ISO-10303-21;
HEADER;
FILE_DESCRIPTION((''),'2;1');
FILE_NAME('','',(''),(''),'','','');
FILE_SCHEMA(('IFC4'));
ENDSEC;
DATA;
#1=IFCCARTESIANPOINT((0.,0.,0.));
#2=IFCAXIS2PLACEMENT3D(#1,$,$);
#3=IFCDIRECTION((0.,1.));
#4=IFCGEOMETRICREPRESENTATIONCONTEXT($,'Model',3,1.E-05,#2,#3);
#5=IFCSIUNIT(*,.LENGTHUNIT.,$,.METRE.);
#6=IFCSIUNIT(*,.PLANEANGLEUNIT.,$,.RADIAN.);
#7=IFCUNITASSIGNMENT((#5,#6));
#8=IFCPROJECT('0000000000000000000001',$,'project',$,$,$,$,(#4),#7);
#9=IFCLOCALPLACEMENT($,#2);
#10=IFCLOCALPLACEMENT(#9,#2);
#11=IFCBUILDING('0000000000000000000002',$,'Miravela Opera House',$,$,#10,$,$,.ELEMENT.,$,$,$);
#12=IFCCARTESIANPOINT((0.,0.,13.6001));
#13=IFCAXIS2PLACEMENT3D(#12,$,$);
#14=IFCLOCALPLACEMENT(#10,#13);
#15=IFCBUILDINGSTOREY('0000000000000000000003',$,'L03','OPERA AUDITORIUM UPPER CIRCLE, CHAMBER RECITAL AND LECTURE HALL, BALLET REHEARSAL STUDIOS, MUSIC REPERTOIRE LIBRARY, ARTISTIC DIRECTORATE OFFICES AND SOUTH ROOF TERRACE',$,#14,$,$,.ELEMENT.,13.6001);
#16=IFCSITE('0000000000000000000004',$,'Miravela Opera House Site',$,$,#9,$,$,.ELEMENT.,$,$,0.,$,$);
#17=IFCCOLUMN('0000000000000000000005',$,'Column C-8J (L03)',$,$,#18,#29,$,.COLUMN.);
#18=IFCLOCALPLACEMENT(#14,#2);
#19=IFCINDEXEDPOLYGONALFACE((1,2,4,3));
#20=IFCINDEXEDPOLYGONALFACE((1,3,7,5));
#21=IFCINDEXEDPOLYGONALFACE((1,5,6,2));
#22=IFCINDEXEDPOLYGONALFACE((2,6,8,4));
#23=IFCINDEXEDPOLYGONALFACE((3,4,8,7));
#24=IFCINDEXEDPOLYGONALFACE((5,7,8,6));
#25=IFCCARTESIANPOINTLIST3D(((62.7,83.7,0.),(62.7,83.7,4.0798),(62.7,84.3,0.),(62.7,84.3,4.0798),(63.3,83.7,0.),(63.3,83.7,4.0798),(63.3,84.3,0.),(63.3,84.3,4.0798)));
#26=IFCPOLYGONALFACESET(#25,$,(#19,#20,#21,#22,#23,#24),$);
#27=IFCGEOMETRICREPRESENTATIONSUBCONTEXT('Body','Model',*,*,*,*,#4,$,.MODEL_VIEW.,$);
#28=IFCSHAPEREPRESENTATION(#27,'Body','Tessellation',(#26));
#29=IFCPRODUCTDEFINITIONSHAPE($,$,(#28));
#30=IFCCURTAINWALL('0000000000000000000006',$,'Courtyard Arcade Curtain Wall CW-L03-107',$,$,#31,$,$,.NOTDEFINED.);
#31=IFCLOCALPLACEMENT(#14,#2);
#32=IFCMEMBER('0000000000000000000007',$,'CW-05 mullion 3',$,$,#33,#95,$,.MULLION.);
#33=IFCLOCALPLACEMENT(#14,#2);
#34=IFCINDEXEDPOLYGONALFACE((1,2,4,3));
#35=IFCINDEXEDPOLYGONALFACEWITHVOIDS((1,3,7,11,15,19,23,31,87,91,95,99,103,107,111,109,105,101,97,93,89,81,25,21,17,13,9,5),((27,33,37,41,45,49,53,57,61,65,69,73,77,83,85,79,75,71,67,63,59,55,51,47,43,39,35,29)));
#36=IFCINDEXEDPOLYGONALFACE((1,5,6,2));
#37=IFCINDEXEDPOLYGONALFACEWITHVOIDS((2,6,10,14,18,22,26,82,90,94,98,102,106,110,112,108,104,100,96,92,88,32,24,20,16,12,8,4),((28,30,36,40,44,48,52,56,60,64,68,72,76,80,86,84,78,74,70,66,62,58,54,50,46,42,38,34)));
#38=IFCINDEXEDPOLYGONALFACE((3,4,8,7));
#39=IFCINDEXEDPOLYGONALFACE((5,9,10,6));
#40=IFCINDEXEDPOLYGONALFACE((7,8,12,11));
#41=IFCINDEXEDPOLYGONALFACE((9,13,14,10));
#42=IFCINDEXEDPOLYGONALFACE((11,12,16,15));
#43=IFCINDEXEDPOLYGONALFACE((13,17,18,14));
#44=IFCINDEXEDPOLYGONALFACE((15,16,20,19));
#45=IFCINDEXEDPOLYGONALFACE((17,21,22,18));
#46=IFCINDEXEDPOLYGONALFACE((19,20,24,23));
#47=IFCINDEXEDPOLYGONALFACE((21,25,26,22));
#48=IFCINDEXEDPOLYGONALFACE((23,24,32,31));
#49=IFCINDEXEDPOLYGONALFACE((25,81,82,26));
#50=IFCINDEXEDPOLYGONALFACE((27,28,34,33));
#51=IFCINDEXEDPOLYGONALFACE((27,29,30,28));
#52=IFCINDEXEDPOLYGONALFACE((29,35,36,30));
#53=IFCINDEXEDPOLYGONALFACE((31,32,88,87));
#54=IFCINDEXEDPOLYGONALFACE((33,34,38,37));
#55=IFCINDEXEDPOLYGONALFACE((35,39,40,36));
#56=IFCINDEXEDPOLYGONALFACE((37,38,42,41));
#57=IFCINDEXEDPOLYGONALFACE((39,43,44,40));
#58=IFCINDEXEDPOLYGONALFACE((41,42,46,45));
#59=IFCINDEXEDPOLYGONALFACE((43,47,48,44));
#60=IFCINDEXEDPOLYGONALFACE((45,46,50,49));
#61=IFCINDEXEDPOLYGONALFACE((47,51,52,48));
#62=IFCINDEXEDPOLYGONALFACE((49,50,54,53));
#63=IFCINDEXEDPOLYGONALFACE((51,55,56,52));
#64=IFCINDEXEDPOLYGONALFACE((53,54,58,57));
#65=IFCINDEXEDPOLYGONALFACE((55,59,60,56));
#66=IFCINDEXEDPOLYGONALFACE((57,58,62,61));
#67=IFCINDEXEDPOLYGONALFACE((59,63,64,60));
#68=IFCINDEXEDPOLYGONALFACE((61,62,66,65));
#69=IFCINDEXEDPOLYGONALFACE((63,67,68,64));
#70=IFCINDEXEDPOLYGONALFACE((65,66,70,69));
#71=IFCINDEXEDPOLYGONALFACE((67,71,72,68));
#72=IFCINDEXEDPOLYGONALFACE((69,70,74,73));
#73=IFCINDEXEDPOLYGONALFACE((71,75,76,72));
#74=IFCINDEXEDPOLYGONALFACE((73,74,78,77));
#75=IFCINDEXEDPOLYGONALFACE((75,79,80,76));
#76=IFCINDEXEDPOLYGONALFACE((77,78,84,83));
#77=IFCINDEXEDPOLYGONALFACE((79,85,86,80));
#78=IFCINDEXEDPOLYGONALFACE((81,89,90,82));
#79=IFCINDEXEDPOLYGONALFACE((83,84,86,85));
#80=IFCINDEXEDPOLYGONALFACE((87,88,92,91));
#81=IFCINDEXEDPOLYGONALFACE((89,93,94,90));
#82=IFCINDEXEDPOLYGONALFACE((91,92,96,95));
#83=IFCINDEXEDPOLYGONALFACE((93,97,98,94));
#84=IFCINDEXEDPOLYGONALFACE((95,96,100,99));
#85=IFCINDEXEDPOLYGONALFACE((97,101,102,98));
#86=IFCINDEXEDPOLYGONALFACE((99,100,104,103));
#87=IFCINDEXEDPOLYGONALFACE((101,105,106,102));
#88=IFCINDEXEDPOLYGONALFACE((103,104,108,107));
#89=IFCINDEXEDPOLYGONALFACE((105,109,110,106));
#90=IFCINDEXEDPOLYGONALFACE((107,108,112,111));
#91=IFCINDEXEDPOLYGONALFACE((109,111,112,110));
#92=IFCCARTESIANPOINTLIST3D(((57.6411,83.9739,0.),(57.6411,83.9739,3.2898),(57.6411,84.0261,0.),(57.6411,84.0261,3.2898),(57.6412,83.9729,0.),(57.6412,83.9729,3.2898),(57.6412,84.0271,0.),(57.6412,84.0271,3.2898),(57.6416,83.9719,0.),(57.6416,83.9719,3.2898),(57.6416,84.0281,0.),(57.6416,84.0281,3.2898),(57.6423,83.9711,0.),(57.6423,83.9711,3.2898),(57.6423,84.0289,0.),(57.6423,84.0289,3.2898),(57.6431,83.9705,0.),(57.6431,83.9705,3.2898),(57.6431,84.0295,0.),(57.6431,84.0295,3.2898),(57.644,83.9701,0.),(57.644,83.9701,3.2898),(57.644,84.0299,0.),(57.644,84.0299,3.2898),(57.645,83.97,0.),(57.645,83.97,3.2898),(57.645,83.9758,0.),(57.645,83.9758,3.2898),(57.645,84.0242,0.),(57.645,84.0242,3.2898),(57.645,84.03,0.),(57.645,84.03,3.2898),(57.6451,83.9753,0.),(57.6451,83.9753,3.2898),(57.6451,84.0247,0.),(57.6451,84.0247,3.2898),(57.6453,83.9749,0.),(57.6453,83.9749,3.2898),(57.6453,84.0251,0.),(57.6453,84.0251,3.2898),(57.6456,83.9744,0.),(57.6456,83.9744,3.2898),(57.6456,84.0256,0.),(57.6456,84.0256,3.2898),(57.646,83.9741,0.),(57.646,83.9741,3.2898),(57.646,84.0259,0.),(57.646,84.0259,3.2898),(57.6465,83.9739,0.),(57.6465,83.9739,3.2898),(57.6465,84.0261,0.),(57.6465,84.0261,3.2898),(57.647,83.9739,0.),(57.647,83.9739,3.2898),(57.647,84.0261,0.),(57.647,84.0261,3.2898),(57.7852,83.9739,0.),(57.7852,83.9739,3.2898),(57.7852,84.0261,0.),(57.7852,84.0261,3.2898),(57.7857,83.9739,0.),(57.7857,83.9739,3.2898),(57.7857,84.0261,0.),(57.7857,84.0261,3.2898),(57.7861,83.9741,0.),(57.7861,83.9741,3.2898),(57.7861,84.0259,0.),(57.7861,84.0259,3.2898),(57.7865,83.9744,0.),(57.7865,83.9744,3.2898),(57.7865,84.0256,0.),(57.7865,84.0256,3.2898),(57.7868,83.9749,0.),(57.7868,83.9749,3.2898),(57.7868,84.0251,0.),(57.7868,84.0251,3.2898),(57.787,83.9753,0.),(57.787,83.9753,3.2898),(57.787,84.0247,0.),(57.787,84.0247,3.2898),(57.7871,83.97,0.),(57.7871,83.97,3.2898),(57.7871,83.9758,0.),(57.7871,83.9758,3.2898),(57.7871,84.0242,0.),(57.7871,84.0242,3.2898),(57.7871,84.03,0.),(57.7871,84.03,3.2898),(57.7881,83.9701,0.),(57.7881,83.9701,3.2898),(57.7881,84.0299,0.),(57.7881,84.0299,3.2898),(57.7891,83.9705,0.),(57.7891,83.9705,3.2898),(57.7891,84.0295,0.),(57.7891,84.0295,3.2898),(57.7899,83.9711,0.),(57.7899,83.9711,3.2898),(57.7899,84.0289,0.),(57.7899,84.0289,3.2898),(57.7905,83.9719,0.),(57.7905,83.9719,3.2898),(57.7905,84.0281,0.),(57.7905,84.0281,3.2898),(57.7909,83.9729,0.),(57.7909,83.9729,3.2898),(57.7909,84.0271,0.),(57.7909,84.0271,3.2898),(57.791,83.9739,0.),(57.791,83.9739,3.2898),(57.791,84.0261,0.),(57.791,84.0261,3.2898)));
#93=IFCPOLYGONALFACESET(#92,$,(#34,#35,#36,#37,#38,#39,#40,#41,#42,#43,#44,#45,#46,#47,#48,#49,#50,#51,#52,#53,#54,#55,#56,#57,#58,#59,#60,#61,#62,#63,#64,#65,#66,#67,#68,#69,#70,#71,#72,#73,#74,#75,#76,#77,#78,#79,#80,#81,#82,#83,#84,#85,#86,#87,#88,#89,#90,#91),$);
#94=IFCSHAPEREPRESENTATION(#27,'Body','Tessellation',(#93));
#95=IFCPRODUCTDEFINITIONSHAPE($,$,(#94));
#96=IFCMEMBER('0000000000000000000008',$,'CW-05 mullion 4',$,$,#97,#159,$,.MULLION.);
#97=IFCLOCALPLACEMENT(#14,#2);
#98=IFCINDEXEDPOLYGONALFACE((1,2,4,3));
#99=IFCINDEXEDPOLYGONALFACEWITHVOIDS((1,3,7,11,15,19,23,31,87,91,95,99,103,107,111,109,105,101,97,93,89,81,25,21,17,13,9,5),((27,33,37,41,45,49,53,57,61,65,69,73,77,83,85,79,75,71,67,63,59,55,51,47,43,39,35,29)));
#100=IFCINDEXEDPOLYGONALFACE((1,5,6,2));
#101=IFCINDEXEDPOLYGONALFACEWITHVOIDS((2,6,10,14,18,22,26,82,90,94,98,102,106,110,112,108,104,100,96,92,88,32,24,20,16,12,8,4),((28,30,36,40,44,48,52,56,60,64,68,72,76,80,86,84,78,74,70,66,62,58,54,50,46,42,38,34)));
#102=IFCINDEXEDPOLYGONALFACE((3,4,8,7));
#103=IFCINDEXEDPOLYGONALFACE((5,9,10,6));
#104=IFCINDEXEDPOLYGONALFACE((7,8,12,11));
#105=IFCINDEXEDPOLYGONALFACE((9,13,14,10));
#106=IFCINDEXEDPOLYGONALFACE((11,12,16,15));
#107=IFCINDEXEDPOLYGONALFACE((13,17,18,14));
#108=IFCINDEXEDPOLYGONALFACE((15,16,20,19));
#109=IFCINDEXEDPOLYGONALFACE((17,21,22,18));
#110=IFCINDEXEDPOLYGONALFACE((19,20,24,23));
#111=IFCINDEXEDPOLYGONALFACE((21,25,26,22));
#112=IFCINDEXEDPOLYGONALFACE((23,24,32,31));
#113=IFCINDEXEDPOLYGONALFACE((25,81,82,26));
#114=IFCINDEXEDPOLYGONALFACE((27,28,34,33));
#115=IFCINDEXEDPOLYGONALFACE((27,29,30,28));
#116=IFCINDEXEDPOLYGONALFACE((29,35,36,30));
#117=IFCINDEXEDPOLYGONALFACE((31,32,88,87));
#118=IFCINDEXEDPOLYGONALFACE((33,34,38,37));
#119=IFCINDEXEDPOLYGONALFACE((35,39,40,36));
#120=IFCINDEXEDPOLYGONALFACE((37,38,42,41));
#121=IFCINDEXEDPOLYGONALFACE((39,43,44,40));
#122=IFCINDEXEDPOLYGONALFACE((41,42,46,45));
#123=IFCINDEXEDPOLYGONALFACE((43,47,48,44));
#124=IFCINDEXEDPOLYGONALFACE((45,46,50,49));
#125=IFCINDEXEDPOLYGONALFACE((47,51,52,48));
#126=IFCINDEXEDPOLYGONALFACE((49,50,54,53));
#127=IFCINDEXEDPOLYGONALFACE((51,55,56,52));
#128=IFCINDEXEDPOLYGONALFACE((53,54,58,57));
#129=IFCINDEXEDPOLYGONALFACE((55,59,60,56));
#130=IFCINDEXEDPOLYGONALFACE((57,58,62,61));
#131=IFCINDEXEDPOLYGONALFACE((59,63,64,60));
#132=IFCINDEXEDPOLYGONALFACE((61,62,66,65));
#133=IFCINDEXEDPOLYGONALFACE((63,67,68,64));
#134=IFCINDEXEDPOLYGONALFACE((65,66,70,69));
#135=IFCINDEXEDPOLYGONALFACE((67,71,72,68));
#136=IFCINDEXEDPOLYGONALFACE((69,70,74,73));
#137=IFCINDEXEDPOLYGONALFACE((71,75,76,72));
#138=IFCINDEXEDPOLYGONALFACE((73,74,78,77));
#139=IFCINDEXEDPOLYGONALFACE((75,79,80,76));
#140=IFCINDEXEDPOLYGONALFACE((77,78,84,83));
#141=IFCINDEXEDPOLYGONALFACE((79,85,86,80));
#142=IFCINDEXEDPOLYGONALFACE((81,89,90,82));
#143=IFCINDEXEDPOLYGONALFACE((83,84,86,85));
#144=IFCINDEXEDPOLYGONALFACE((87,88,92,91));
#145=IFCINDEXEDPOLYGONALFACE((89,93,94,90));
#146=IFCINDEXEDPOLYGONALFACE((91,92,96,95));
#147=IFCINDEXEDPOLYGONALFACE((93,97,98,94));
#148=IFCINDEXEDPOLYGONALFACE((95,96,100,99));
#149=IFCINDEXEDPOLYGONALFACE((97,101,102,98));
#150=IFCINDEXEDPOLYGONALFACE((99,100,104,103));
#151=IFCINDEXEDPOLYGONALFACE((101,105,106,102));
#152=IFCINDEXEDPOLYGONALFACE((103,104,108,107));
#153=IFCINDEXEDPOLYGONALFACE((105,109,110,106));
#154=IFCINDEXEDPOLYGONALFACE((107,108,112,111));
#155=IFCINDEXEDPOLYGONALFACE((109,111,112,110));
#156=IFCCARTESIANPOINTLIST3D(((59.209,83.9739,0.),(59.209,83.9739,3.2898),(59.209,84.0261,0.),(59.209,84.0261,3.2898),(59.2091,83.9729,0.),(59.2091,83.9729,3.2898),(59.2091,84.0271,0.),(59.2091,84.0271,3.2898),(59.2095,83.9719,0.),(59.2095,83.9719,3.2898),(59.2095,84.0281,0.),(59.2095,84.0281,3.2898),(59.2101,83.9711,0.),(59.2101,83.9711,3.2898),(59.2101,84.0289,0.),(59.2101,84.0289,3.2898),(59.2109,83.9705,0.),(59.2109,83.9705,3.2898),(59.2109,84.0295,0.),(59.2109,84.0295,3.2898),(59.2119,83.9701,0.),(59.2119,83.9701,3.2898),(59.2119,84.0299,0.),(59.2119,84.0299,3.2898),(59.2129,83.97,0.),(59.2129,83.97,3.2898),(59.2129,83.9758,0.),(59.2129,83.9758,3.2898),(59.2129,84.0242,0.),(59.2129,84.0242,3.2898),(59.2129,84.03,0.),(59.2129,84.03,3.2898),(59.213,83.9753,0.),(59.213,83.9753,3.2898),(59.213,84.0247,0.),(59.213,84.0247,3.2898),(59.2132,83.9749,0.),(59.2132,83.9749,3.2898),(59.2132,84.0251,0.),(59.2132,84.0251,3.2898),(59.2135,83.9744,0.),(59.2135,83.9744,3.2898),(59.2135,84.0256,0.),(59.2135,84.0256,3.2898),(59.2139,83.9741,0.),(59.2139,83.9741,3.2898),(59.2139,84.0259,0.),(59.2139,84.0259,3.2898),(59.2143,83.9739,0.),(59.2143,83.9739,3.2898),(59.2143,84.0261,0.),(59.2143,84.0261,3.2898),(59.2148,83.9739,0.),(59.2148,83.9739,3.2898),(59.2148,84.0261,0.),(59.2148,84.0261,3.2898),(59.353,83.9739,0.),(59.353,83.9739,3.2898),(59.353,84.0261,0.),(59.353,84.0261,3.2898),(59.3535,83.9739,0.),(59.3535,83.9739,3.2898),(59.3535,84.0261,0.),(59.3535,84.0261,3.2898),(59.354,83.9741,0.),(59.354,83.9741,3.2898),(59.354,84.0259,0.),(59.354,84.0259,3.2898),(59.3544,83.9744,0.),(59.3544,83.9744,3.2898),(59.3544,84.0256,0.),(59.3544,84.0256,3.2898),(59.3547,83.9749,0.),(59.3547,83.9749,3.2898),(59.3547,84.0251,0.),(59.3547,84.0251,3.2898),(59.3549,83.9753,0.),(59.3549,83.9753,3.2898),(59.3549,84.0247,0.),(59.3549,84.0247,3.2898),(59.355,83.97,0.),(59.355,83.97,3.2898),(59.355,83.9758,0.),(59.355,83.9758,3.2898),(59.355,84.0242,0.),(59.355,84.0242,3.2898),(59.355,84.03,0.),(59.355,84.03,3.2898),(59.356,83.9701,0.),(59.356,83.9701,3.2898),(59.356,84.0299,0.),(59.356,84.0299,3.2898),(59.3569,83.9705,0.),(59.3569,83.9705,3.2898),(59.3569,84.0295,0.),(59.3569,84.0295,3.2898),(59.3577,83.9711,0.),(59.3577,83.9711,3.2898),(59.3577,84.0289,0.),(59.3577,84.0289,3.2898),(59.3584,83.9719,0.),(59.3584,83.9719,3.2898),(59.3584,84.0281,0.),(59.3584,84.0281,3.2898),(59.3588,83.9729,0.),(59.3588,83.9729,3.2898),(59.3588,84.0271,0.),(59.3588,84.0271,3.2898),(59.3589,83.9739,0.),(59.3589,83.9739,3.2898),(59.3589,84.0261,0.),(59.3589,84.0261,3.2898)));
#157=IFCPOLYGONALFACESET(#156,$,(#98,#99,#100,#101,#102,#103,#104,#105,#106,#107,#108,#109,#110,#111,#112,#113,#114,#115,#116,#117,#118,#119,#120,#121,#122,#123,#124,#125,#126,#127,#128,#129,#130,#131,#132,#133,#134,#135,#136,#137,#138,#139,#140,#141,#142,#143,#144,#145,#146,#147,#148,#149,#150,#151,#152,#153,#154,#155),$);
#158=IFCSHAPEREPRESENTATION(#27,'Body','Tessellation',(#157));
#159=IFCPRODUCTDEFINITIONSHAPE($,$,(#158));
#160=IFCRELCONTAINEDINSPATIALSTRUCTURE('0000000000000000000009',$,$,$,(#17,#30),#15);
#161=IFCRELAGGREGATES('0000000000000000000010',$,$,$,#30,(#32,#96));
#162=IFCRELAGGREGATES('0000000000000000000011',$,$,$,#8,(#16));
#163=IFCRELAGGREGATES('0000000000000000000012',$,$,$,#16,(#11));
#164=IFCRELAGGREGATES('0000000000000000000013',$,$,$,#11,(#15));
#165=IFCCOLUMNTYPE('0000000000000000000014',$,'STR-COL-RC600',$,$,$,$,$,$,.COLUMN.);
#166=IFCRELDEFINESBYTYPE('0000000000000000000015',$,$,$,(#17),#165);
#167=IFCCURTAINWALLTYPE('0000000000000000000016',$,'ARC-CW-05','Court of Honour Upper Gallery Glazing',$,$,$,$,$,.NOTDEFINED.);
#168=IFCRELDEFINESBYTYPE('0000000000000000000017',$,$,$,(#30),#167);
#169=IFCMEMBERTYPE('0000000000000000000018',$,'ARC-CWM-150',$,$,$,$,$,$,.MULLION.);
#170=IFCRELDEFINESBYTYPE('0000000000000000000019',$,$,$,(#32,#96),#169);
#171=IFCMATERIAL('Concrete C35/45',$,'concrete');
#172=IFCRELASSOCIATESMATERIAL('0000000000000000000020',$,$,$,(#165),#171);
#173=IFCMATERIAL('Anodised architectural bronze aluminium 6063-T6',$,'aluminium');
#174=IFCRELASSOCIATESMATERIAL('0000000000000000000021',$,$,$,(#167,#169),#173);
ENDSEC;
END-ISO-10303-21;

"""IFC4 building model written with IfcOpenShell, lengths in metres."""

from ifc_helpers import new_model, si_unit, direction, frame, origin, origin_2d, place, context, subcontext, project, spatial, rectangle, hollow_rectangle, extrude, material, material_profile, profile_set, type_object, element, aggregate, save


model = new_model("IFC4")

# Units and contexts
model_context = context("Model", 3, precision=1e-05, world=origin(), true_north=direction((0.0, 1.0)))
body_context = subcontext(model_context, "Body", "Model", "MODEL_VIEW")
ifc_project = project(units=[si_unit("LENGTHUNIT", "METRE"), si_unit("PLANEANGLEUNIT", "RADIAN")], contexts=[model_context])

# Site, building, storey
site_placement = place(None, origin())
site = spatial("IfcSite", under=ifc_project, at=site_placement, Name="Miravela Opera House Site", CompositionType="ELEMENT", RefElevation=0.0)
building_placement = place(site_placement, origin())
building = spatial("IfcBuilding", under=site, at=building_placement, Name="Miravela Opera House", CompositionType="ELEMENT")
storey_placement = place(building_placement, frame((0.0, 0.0, 13.6001)))
storey = spatial("IfcBuildingStorey", under=building, at=storey_placement, Name="L03", Description="OPERA AUDITORIUM UPPER CIRCLE, CHAMBER RECITAL AND LECTURE HALL, BALLET REHEARSAL STUDIOS, MUSIC REPERTOIRE LIBRARY, ARTISTIC DIRECTORATE OFFICES AND SOUTH ROOF TERRACE", CompositionType="ELEMENT", Elevation=13.6001)

# Column
ifc_material_1 = material(Name="Concrete C35/45", Category="concrete")
ifc_material_profile_1 = material_profile(ifc_material_1, rectangle(XDim=0.6001, YDim=0.6001, at=origin_2d()), Name="RC-COL-600X600")
ifc_profile_set_1 = profile_set([ifc_material_profile_1])
column_type = type_object("IfcColumnType", Name="STR-COL-RC600", PredefinedType="COLUMN", material=ifc_profile_set_1)
column_placement = place(storey_placement, frame((63.0, 84.0, 0.0), z_axis=(0.0, 0.0, 1.0), x_axis=(1.0, 0.0, 0.0)))
element("IfcColumn", 1, at=column_placement, inside=storey, type_object=column_type, Name="Column C-8J (L03)", PredefinedType="COLUMN", context=body_context, shape_type="SweptSolid", body=[
    extrude(rectangle(XDim=0.6001, YDim=0.6001, at=origin_2d()), origin(), (0.0, 0.0, 1.0), 4.0798),
])

# Curtain wall, members
ifc_material_2 = material(Name="Anodised architectural bronze aluminium 6063-T6", Category="aluminium")
curtain_wall_type = type_object("IfcCurtainWallType", Name="ARC-CW-05", Description="Court of Honour Upper Gallery Glazing", PredefinedType="NOTDEFINED", material=ifc_material_2)
curtain_wall_1_placement = place(storey_placement, origin())
curtain_wall_1 = element("IfcCurtainWall", 2, at=curtain_wall_1_placement, inside=storey, type_object=curtain_wall_type, Name="Courtyard Arcade Curtain Wall CW-L03-107", PredefinedType="NOTDEFINED")
ifc_material_profile_2 = material_profile(ifc_material_2, hollow_rectangle(XDim=0.0601, YDim=0.1499, WallThickness=0.0039, InnerFilletRadius=0.002, OuterFilletRadius=0.0039, at=origin_2d()), Name="CWM-60X150")
ifc_profile_set_2 = profile_set([ifc_material_profile_2])
member_type_1 = type_object("IfcMemberType", Name="ARC-CWM-150", PredefinedType="MULLION", material=ifc_profile_set_2)
member_1_placement = place(storey_placement, frame((57.7161, 84.0, 0.0), z_axis=(0.0, 0.0, 1.0), x_axis=(0.0, 1.0, 0.0)))
member_1 = element("IfcMember", 3, at=member_1_placement, type_object=member_type_1, Name="CW-05 mullion 3", PredefinedType="MULLION", context=body_context, shape_type="SweptSolid", body=[
    extrude(hollow_rectangle(XDim=0.0601, YDim=0.1499, WallThickness=0.0039, InnerFilletRadius=0.002, OuterFilletRadius=0.0039, at=origin_2d()), origin(), (0.0, 0.0, 1.0), 3.2898),
])
member_2_placement = place(storey_placement, frame((59.2839, 84.0, 0.0), z_axis=(0.0, 0.0, 1.0), x_axis=(0.0, 1.0, 0.0)))
member_2 = element("IfcMember", 4, at=member_2_placement, type_object=member_type_1, Name="CW-05 mullion 4", PredefinedType="MULLION", context=body_context, shape_type="SweptSolid", body=[
    extrude(hollow_rectangle(XDim=0.0601, YDim=0.1499, WallThickness=0.0039, InnerFilletRadius=0.002, OuterFilletRadius=0.0039, at=origin_2d()), origin(), (0.0, 0.0, 1.0), 3.2898),
])

aggregate(curtain_wall_1, [member_1, member_2])

save(model, "model.ifc")
